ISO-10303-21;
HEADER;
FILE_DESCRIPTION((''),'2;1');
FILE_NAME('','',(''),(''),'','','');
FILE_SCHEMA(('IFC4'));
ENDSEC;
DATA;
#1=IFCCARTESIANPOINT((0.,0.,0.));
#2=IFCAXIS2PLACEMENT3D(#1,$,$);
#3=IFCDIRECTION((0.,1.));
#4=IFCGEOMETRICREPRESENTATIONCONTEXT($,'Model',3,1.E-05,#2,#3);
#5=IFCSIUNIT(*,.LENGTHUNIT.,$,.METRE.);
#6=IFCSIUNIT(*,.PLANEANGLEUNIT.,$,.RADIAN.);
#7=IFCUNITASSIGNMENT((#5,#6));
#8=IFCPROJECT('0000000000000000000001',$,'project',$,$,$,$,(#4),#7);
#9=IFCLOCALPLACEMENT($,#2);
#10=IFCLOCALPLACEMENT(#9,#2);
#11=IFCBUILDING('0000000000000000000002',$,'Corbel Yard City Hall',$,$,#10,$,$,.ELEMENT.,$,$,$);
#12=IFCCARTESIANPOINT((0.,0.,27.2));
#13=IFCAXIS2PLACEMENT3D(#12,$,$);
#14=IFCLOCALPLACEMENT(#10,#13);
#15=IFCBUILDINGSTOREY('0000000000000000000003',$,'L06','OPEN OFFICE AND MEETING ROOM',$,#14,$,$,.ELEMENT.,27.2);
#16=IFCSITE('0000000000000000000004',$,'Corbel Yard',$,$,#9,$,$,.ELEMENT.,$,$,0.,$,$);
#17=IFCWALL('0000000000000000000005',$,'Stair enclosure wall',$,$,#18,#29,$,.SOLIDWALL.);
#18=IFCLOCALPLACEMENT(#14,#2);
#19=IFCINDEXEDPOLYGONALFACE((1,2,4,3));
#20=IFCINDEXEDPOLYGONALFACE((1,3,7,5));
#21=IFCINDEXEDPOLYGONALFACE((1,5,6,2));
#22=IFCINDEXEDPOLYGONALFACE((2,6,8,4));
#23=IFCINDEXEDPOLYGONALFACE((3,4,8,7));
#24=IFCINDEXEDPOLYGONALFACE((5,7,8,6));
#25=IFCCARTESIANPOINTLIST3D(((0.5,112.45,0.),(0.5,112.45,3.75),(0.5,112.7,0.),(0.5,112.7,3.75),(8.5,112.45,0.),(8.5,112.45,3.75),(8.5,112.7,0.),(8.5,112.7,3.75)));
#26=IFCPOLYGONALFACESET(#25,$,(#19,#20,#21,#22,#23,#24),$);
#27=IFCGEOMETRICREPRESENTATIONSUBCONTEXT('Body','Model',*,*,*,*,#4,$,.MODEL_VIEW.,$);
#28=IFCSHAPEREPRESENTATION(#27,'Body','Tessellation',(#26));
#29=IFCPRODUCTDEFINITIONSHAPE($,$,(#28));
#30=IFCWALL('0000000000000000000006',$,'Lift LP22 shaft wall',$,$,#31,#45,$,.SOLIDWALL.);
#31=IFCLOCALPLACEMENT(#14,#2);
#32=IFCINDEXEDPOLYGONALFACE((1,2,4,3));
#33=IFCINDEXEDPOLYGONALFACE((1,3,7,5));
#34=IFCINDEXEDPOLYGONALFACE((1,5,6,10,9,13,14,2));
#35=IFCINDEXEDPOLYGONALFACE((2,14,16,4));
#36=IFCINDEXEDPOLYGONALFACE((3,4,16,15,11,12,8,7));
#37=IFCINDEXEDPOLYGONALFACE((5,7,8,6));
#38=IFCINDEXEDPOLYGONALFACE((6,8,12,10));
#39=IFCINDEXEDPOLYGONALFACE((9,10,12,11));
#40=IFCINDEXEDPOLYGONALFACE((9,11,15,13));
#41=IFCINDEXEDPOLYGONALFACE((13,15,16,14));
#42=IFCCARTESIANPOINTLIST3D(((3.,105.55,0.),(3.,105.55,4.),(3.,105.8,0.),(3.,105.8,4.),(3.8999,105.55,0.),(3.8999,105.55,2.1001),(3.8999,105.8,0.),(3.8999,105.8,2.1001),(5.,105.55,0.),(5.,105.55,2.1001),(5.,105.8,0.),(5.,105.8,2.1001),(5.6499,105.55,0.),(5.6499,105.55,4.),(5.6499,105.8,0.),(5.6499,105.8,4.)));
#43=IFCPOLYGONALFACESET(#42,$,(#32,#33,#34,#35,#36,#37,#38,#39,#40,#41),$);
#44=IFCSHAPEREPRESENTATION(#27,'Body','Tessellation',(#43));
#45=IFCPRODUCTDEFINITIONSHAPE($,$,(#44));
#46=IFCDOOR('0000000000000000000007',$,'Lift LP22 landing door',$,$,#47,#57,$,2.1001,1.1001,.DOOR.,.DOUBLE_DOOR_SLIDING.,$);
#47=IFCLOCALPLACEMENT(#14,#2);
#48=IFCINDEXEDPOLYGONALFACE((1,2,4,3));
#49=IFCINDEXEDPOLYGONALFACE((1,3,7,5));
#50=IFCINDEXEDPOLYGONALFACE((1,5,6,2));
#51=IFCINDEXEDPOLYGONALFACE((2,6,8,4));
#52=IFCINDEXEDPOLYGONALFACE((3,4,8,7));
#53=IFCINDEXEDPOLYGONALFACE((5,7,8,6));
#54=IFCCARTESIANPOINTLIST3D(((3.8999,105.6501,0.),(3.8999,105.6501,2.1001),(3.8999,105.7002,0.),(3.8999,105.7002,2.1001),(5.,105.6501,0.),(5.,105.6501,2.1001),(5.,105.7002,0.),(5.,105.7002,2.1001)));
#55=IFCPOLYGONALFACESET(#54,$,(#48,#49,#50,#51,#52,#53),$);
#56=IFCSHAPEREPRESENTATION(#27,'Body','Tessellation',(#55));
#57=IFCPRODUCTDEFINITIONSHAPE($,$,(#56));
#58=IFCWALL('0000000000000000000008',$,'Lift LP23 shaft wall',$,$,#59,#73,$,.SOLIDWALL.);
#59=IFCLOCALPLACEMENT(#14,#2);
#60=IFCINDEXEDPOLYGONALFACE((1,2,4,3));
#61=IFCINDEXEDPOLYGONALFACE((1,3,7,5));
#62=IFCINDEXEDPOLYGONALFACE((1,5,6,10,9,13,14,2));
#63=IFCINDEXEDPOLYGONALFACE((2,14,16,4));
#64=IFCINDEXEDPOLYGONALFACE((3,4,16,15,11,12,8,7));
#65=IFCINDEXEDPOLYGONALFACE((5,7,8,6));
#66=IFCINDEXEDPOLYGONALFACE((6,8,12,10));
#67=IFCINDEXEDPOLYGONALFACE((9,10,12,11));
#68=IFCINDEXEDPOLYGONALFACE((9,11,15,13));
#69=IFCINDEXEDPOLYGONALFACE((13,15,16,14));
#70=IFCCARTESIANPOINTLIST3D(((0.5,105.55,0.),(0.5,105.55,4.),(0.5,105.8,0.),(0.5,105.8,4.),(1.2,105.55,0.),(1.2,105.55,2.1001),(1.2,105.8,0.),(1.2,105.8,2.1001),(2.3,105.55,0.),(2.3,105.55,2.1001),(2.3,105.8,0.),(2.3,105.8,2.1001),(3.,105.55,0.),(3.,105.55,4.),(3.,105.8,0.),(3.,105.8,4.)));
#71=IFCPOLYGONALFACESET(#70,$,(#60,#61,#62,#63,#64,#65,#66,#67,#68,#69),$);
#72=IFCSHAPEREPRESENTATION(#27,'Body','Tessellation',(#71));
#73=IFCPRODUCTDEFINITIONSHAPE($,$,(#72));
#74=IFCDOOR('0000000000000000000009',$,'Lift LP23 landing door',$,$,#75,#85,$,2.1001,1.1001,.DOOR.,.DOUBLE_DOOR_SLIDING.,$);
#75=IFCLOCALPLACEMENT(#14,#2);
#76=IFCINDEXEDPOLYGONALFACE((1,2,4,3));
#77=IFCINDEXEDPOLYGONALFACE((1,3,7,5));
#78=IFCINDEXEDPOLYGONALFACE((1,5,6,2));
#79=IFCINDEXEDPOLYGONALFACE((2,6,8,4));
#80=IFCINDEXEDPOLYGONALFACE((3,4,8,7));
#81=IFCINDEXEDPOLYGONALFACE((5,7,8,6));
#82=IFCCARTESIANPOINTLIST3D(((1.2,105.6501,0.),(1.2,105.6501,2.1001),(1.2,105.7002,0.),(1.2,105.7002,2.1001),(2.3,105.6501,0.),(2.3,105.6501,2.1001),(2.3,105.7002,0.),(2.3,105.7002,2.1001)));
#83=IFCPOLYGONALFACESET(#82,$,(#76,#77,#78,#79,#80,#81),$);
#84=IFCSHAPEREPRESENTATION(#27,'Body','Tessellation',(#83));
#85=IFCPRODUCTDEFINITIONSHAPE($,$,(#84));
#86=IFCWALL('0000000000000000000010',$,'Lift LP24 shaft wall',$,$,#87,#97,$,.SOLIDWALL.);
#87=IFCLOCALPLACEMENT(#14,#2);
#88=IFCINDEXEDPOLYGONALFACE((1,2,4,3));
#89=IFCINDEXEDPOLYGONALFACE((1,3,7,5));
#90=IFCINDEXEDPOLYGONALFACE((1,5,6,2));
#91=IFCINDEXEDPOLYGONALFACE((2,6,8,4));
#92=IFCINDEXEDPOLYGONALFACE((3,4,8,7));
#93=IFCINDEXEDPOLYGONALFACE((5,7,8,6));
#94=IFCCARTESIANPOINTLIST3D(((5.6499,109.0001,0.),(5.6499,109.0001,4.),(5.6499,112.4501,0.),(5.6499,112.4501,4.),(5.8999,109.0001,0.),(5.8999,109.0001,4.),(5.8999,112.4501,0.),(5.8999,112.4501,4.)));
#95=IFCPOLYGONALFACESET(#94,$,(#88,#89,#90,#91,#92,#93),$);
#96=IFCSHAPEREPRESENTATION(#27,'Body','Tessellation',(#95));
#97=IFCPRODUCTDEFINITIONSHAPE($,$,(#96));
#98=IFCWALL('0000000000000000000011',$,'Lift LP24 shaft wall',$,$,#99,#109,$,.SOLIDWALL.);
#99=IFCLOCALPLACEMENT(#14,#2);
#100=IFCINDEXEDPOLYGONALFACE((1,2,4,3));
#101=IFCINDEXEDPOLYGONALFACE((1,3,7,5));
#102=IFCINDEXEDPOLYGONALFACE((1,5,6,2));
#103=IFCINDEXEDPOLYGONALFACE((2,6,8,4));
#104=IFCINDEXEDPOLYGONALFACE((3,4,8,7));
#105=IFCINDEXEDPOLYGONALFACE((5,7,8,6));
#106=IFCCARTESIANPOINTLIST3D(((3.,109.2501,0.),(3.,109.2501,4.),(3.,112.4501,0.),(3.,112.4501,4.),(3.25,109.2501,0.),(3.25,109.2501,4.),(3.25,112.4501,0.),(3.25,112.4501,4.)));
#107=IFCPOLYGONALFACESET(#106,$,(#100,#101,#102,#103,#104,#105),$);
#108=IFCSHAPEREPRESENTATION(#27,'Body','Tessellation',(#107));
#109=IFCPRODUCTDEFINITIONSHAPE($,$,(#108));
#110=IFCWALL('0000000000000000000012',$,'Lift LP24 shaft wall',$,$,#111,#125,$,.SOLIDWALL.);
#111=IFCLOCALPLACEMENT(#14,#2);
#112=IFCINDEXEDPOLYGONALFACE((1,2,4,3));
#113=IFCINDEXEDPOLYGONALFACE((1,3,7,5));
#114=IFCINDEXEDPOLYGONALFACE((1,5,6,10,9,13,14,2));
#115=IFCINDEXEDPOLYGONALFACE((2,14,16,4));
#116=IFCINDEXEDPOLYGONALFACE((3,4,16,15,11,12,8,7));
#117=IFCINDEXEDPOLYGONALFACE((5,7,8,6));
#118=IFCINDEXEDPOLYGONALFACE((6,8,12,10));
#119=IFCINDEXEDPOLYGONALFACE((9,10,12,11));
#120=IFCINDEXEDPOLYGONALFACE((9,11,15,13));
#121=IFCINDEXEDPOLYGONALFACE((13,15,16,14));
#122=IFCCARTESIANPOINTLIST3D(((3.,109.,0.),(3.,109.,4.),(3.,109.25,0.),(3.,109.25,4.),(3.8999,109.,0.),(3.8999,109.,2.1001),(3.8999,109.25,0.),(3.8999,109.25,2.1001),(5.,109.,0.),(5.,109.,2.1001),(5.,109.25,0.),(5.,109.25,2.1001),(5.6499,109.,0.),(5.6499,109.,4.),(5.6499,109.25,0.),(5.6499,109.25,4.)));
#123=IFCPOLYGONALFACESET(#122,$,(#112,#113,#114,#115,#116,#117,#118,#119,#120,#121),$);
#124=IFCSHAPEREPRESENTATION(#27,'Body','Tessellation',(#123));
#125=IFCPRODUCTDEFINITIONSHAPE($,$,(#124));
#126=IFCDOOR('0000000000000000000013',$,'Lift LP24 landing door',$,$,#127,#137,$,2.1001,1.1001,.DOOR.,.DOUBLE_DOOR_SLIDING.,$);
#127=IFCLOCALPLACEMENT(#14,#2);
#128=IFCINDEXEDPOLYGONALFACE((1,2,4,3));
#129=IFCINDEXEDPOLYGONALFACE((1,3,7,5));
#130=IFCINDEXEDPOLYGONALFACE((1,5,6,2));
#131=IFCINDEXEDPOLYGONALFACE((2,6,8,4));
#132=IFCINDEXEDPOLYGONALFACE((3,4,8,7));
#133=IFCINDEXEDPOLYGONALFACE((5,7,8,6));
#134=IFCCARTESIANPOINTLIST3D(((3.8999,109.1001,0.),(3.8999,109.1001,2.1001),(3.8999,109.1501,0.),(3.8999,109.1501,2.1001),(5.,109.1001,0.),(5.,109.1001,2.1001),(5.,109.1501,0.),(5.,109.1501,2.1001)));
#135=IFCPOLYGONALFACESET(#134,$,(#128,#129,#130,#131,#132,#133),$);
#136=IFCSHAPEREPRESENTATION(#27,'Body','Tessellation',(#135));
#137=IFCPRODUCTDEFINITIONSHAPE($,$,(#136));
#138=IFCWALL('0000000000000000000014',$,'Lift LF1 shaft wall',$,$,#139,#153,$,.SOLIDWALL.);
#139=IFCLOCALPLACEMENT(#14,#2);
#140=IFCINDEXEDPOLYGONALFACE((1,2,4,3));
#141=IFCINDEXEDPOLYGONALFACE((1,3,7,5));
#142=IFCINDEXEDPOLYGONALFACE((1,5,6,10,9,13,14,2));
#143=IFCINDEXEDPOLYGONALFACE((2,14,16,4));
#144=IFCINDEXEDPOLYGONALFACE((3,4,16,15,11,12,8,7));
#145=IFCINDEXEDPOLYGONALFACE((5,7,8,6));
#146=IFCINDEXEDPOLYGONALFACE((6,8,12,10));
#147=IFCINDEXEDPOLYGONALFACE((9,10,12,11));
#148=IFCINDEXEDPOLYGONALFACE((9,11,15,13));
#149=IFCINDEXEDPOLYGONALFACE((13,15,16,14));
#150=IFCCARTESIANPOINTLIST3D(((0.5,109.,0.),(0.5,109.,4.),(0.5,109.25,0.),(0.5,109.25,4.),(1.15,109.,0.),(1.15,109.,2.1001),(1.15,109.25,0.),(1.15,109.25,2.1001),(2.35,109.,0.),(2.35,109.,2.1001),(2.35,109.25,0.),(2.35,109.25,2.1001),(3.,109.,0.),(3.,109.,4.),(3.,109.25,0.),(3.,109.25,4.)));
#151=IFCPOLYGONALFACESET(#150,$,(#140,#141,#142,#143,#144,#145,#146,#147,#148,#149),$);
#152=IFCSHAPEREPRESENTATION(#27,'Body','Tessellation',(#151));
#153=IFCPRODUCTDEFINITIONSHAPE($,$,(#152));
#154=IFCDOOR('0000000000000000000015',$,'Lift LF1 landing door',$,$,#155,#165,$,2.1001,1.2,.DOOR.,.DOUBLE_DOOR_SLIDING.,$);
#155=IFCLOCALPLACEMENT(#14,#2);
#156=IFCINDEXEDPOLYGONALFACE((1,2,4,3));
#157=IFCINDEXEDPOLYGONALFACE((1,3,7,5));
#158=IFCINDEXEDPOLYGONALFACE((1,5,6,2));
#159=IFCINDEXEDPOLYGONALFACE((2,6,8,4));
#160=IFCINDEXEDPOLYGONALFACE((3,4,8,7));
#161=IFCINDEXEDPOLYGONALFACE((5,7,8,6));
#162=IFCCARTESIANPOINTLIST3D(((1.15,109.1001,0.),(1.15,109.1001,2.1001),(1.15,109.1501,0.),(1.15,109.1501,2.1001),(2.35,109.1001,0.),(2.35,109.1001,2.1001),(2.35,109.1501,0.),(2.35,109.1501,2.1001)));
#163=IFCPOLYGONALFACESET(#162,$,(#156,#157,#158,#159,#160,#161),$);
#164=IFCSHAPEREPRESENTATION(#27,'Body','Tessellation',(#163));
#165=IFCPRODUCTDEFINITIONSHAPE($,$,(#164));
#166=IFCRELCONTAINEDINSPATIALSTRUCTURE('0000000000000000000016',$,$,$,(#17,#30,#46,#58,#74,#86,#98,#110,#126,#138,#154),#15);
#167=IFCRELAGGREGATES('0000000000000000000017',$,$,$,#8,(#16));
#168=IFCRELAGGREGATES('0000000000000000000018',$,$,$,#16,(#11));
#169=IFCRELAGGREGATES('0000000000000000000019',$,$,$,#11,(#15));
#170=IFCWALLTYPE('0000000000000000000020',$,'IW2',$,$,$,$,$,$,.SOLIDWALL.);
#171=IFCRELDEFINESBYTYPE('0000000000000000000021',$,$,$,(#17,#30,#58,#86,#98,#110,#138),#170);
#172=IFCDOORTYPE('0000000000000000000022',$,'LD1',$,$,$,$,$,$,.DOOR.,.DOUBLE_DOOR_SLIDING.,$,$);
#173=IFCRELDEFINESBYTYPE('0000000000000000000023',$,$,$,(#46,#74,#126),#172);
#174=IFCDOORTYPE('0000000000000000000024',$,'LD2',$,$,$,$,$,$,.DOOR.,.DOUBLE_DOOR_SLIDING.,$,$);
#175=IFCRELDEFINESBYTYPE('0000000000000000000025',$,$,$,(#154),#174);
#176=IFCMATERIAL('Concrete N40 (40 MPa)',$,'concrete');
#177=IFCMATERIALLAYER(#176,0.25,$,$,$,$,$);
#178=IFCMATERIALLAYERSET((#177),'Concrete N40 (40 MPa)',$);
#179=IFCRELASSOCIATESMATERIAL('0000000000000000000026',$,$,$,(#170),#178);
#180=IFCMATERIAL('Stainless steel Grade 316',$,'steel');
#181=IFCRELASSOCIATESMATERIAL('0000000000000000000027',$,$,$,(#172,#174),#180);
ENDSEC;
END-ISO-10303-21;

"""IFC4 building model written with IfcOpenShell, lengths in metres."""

from ifc_helpers import new_model, si_unit, direction, frame, frame_2d, origin, place, context, subcontext, project, spatial, rectangle, extrude, material, layer, layer_set, type_object, element, fill, save


model = new_model("IFC4")

# Units and contexts
model_context = context("Model", 3, precision=1e-05, world=origin(), true_north=direction((0.0, 1.0)))
body_context = subcontext(model_context, "Body", "Model", "MODEL_VIEW")
ifc_project = project(units=[si_unit("LENGTHUNIT", "METRE"), si_unit("PLANEANGLEUNIT", "RADIAN")], contexts=[model_context])

# Site, building, storey
site_placement = place(None, origin())
site = spatial("IfcSite", under=ifc_project, at=site_placement, Name="Corbel Yard", CompositionType="ELEMENT", RefElevation=0.0)
building_placement = place(site_placement, origin())
building = spatial("IfcBuilding", under=site, at=building_placement, Name="Corbel Yard City Hall", CompositionType="ELEMENT")
storey_placement = place(building_placement, frame((0.0, 0.0, 27.2)))
storey = spatial("IfcBuildingStorey", under=building, at=storey_placement, Name="L06", Description="OPEN OFFICE AND MEETING ROOM", CompositionType="ELEMENT", Elevation=27.2)

# Wall
ifc_material_1 = material(Name="Concrete N40 (40 MPa)", Category="concrete")
ifc_layer_1 = layer(ifc_material_1, 0.25)
ifc_layer_set_1 = layer_set([ifc_layer_1], Name="Concrete N40 (40 MPa)")
wall_type_1 = type_object("IfcWallType", Name="IW2", PredefinedType="SOLIDWALL", material=ifc_layer_set_1)
wall_1_placement = place(storey_placement, frame((8.5, 112.575, 0.0), z_axis=(0.0, 0.0, 1.0), x_axis=(-1.0, 0.0, 0.0)))
element("IfcWall", 1, at=wall_1_placement, inside=storey, type_object=wall_type_1, Name="Stair enclosure wall", PredefinedType="SOLIDWALL", context=body_context, shape_type="SweptSolid", body=[
    extrude(rectangle(XDim=8.0, YDim=0.25, at=frame_2d((4.0, 0.0))), origin(), (0.0, 0.0, 1.0), 3.75),
])

# Walls, openings, doors
wall_2_placement = place(storey_placement, frame((5.6499, 105.675, 0.0), z_axis=(0.0, 0.0, 1.0), x_axis=(-1.0, 0.0, 0.0)))
wall_2 = element("IfcWall", 2, at=wall_2_placement, inside=storey, type_object=wall_type_1, Name="Lift LP22 shaft wall", PredefinedType="SOLIDWALL", context=body_context, shape_type="SweptSolid", body=[
    extrude(rectangle(XDim=2.6499, YDim=0.25, at=frame_2d((1.325, 0.0))), origin(), (0.0, 0.0, 1.0), 4.0),
])
opening_1_placement = place(wall_2_placement, frame((0.6499, 0.0, 0.0)))
opening_1 = element("IfcOpeningElement", 3, at=opening_1_placement, cuts=wall_2, PredefinedType="OPENING", context=body_context, shape_type="SweptSolid", body=[
    extrude(rectangle(XDim=1.1001, YDim=2.1001, at=frame_2d((0.55, 1.05))), frame((0.0, 0.135, 0.0), z_axis=(0.0, -1.0, 0.0), x_axis=(1.0, 0.0, 0.0)), (0.0, 0.0, 1.0), 0.27),
])
ifc_material_2 = material(Name="Stainless steel Grade 316", Category="steel")
door_type_1 = type_object("IfcDoorType", Name="LD1", OperationType="DOUBLE_DOOR_SLIDING", PredefinedType="DOOR", material=ifc_material_2)
door_1_placement = place(opening_1_placement, origin())
door_1 = element("IfcDoor", 4, at=door_1_placement, inside=storey, type_object=door_type_1, Name="Lift LP22 landing door", OperationType="DOUBLE_DOOR_SLIDING", OverallHeight=2.1001, OverallWidth=1.1001, PredefinedType="DOOR", context=body_context, shape_type="SweptSolid", body=[
    extrude(rectangle(XDim=1.1001, YDim=2.1001, at=frame_2d((0.55, 1.05))), frame((0.0, 0.0249, 0.0), z_axis=(0.0, -1.0, 0.0), x_axis=(1.0, 0.0, 0.0)), (0.0, 0.0, 1.0), 0.05),
])
fill(opening_1, door_1)
wall_3_placement = place(storey_placement, frame((3.0, 105.675, 0.0), z_axis=(0.0, 0.0, 1.0), x_axis=(-1.0, 0.0, 0.0)))
wall_3 = element("IfcWall", 5, at=wall_3_placement, inside=storey, type_object=wall_type_1, Name="Lift LP23 shaft wall", PredefinedType="SOLIDWALL", context=body_context, shape_type="SweptSolid", body=[
    extrude(rectangle(XDim=2.5, YDim=0.25, at=frame_2d((1.25, 0.0))), origin(), (0.0, 0.0, 1.0), 4.0),
])
opening_2_placement = place(wall_3_placement, frame((0.7, 0.0, 0.0)))
opening_2 = element("IfcOpeningElement", 6, at=opening_2_placement, cuts=wall_3, PredefinedType="OPENING", context=body_context, shape_type="SweptSolid", body=[
    extrude(rectangle(XDim=1.1001, YDim=2.1001, at=frame_2d((0.55, 1.05))), frame((0.0, 0.135, 0.0), z_axis=(0.0, -1.0, 0.0), x_axis=(1.0, 0.0, 0.0)), (0.0, 0.0, 1.0), 0.27),
])
door_2_placement = place(opening_2_placement, origin())
door_2 = element("IfcDoor", 7, at=door_2_placement, inside=storey, type_object=door_type_1, Name="Lift LP23 landing door", OperationType="DOUBLE_DOOR_SLIDING", OverallHeight=2.1001, OverallWidth=1.1001, PredefinedType="DOOR", context=body_context, shape_type="SweptSolid", body=[
    extrude(rectangle(XDim=1.1001, YDim=2.1001, at=frame_2d((0.55, 1.05))), frame((0.0, 0.0249, 0.0), z_axis=(0.0, -1.0, 0.0), x_axis=(1.0, 0.0, 0.0)), (0.0, 0.0, 1.0), 0.05),
])
fill(opening_2, door_2)

# Walls
wall_4_placement = place(storey_placement, frame((5.7749, 109.0, 0.0), z_axis=(0.0, 0.0, 1.0), x_axis=(0.0, 1.0, 0.0)))
element("IfcWall", 8, at=wall_4_placement, inside=storey, type_object=wall_type_1, Name="Lift LP24 shaft wall", PredefinedType="SOLIDWALL", context=body_context, shape_type="SweptSolid", body=[
    extrude(rectangle(XDim=3.45, YDim=0.25, at=frame_2d((1.7251, 0.0))), origin(), (0.0, 0.0, 1.0), 4.0),
])
wall_5_placement = place(storey_placement, frame((3.125, 109.25, 0.0), z_axis=(0.0, 0.0, 1.0), x_axis=(0.0, 1.0, 0.0)))
element("IfcWall", 9, at=wall_5_placement, inside=storey, type_object=wall_type_1, Name="Lift LP24 shaft wall", PredefinedType="SOLIDWALL", context=body_context, shape_type="SweptSolid", body=[
    extrude(rectangle(XDim=3.2, YDim=0.25, at=frame_2d((1.6001, 0.0))), origin(), (0.0, 0.0, 1.0), 4.0),
])

# Walls, openings, doors
wall_6_placement = place(storey_placement, frame((5.6499, 109.125, 0.0), z_axis=(0.0, 0.0, 1.0), x_axis=(-1.0, 0.0, 0.0)))
wall_6 = element("IfcWall", 10, at=wall_6_placement, inside=storey, type_object=wall_type_1, Name="Lift LP24 shaft wall", PredefinedType="SOLIDWALL", context=body_context, shape_type="SweptSolid", body=[
    extrude(rectangle(XDim=2.6499, YDim=0.25, at=frame_2d((1.325, 0.0))), origin(), (0.0, 0.0, 1.0), 4.0),
])
opening_3_placement = place(wall_6_placement, frame((0.6499, 0.0, 0.0)))
opening_3 = element("IfcOpeningElement", 11, at=opening_3_placement, cuts=wall_6, PredefinedType="OPENING", context=body_context, shape_type="SweptSolid", body=[
    extrude(rectangle(XDim=1.1001, YDim=2.1001, at=frame_2d((0.55, 1.05))), frame((0.0, 0.135, 0.0), z_axis=(0.0, -1.0, 0.0), x_axis=(1.0, 0.0, 0.0)), (0.0, 0.0, 1.0), 0.27),
])
door_3_placement = place(opening_3_placement, origin())
door_3 = element("IfcDoor", 12, at=door_3_placement, inside=storey, type_object=door_type_1, Name="Lift LP24 landing door", OperationType="DOUBLE_DOOR_SLIDING", OverallHeight=2.1001, OverallWidth=1.1001, PredefinedType="DOOR", context=body_context, shape_type="SweptSolid", body=[
    extrude(rectangle(XDim=1.1001, YDim=2.1001, at=frame_2d((0.55, 1.05))), frame((0.0, 0.0249, 0.0), z_axis=(0.0, -1.0, 0.0), x_axis=(1.0, 0.0, 0.0)), (0.0, 0.0, 1.0), 0.05),
])
fill(opening_3, door_3)
wall_7_placement = place(storey_placement, frame((3.0, 109.125, 0.0), z_axis=(0.0, 0.0, 1.0), x_axis=(-1.0, 0.0, 0.0)))
wall_7 = element("IfcWall", 13, at=wall_7_placement, inside=storey, type_object=wall_type_1, Name="Lift LF1 shaft wall", PredefinedType="SOLIDWALL", context=body_context, shape_type="SweptSolid", body=[
    extrude(rectangle(XDim=2.5, YDim=0.25, at=frame_2d((1.25, 0.0))), origin(), (0.0, 0.0, 1.0), 4.0),
])
opening_4_placement = place(wall_7_placement, frame((0.6499, 0.0, 0.0)))
opening_4 = element("IfcOpeningElement", 14, at=opening_4_placement, cuts=wall_7, PredefinedType="OPENING", context=body_context, shape_type="SweptSolid", body=[
    extrude(rectangle(XDim=1.2, YDim=2.1001, at=frame_2d((0.6001, 1.05))), frame((0.0, 0.135, 0.0), z_axis=(0.0, -1.0, 0.0), x_axis=(1.0, 0.0, 0.0)), (0.0, 0.0, 1.0), 0.27),
])
door_type_2 = type_object("IfcDoorType", Name="LD2", OperationType="DOUBLE_DOOR_SLIDING", PredefinedType="DOOR", material=ifc_material_2)
door_4_placement = place(opening_4_placement, origin())
door_4 = element("IfcDoor", 15, at=door_4_placement, inside=storey, type_object=door_type_2, Name="Lift LF1 landing door", OperationType="DOUBLE_DOOR_SLIDING", OverallHeight=2.1001, OverallWidth=1.2, PredefinedType="DOOR", context=body_context, shape_type="SweptSolid", body=[
    extrude(rectangle(XDim=1.2, YDim=2.1001, at=frame_2d((0.6001, 1.05))), frame((0.0, 0.0249, 0.0), z_axis=(0.0, -1.0, 0.0), x_axis=(1.0, 0.0, 0.0)), (0.0, 0.0, 1.0), 0.05),
])
fill(opening_4, door_4)

save(model, "model.ifc")
